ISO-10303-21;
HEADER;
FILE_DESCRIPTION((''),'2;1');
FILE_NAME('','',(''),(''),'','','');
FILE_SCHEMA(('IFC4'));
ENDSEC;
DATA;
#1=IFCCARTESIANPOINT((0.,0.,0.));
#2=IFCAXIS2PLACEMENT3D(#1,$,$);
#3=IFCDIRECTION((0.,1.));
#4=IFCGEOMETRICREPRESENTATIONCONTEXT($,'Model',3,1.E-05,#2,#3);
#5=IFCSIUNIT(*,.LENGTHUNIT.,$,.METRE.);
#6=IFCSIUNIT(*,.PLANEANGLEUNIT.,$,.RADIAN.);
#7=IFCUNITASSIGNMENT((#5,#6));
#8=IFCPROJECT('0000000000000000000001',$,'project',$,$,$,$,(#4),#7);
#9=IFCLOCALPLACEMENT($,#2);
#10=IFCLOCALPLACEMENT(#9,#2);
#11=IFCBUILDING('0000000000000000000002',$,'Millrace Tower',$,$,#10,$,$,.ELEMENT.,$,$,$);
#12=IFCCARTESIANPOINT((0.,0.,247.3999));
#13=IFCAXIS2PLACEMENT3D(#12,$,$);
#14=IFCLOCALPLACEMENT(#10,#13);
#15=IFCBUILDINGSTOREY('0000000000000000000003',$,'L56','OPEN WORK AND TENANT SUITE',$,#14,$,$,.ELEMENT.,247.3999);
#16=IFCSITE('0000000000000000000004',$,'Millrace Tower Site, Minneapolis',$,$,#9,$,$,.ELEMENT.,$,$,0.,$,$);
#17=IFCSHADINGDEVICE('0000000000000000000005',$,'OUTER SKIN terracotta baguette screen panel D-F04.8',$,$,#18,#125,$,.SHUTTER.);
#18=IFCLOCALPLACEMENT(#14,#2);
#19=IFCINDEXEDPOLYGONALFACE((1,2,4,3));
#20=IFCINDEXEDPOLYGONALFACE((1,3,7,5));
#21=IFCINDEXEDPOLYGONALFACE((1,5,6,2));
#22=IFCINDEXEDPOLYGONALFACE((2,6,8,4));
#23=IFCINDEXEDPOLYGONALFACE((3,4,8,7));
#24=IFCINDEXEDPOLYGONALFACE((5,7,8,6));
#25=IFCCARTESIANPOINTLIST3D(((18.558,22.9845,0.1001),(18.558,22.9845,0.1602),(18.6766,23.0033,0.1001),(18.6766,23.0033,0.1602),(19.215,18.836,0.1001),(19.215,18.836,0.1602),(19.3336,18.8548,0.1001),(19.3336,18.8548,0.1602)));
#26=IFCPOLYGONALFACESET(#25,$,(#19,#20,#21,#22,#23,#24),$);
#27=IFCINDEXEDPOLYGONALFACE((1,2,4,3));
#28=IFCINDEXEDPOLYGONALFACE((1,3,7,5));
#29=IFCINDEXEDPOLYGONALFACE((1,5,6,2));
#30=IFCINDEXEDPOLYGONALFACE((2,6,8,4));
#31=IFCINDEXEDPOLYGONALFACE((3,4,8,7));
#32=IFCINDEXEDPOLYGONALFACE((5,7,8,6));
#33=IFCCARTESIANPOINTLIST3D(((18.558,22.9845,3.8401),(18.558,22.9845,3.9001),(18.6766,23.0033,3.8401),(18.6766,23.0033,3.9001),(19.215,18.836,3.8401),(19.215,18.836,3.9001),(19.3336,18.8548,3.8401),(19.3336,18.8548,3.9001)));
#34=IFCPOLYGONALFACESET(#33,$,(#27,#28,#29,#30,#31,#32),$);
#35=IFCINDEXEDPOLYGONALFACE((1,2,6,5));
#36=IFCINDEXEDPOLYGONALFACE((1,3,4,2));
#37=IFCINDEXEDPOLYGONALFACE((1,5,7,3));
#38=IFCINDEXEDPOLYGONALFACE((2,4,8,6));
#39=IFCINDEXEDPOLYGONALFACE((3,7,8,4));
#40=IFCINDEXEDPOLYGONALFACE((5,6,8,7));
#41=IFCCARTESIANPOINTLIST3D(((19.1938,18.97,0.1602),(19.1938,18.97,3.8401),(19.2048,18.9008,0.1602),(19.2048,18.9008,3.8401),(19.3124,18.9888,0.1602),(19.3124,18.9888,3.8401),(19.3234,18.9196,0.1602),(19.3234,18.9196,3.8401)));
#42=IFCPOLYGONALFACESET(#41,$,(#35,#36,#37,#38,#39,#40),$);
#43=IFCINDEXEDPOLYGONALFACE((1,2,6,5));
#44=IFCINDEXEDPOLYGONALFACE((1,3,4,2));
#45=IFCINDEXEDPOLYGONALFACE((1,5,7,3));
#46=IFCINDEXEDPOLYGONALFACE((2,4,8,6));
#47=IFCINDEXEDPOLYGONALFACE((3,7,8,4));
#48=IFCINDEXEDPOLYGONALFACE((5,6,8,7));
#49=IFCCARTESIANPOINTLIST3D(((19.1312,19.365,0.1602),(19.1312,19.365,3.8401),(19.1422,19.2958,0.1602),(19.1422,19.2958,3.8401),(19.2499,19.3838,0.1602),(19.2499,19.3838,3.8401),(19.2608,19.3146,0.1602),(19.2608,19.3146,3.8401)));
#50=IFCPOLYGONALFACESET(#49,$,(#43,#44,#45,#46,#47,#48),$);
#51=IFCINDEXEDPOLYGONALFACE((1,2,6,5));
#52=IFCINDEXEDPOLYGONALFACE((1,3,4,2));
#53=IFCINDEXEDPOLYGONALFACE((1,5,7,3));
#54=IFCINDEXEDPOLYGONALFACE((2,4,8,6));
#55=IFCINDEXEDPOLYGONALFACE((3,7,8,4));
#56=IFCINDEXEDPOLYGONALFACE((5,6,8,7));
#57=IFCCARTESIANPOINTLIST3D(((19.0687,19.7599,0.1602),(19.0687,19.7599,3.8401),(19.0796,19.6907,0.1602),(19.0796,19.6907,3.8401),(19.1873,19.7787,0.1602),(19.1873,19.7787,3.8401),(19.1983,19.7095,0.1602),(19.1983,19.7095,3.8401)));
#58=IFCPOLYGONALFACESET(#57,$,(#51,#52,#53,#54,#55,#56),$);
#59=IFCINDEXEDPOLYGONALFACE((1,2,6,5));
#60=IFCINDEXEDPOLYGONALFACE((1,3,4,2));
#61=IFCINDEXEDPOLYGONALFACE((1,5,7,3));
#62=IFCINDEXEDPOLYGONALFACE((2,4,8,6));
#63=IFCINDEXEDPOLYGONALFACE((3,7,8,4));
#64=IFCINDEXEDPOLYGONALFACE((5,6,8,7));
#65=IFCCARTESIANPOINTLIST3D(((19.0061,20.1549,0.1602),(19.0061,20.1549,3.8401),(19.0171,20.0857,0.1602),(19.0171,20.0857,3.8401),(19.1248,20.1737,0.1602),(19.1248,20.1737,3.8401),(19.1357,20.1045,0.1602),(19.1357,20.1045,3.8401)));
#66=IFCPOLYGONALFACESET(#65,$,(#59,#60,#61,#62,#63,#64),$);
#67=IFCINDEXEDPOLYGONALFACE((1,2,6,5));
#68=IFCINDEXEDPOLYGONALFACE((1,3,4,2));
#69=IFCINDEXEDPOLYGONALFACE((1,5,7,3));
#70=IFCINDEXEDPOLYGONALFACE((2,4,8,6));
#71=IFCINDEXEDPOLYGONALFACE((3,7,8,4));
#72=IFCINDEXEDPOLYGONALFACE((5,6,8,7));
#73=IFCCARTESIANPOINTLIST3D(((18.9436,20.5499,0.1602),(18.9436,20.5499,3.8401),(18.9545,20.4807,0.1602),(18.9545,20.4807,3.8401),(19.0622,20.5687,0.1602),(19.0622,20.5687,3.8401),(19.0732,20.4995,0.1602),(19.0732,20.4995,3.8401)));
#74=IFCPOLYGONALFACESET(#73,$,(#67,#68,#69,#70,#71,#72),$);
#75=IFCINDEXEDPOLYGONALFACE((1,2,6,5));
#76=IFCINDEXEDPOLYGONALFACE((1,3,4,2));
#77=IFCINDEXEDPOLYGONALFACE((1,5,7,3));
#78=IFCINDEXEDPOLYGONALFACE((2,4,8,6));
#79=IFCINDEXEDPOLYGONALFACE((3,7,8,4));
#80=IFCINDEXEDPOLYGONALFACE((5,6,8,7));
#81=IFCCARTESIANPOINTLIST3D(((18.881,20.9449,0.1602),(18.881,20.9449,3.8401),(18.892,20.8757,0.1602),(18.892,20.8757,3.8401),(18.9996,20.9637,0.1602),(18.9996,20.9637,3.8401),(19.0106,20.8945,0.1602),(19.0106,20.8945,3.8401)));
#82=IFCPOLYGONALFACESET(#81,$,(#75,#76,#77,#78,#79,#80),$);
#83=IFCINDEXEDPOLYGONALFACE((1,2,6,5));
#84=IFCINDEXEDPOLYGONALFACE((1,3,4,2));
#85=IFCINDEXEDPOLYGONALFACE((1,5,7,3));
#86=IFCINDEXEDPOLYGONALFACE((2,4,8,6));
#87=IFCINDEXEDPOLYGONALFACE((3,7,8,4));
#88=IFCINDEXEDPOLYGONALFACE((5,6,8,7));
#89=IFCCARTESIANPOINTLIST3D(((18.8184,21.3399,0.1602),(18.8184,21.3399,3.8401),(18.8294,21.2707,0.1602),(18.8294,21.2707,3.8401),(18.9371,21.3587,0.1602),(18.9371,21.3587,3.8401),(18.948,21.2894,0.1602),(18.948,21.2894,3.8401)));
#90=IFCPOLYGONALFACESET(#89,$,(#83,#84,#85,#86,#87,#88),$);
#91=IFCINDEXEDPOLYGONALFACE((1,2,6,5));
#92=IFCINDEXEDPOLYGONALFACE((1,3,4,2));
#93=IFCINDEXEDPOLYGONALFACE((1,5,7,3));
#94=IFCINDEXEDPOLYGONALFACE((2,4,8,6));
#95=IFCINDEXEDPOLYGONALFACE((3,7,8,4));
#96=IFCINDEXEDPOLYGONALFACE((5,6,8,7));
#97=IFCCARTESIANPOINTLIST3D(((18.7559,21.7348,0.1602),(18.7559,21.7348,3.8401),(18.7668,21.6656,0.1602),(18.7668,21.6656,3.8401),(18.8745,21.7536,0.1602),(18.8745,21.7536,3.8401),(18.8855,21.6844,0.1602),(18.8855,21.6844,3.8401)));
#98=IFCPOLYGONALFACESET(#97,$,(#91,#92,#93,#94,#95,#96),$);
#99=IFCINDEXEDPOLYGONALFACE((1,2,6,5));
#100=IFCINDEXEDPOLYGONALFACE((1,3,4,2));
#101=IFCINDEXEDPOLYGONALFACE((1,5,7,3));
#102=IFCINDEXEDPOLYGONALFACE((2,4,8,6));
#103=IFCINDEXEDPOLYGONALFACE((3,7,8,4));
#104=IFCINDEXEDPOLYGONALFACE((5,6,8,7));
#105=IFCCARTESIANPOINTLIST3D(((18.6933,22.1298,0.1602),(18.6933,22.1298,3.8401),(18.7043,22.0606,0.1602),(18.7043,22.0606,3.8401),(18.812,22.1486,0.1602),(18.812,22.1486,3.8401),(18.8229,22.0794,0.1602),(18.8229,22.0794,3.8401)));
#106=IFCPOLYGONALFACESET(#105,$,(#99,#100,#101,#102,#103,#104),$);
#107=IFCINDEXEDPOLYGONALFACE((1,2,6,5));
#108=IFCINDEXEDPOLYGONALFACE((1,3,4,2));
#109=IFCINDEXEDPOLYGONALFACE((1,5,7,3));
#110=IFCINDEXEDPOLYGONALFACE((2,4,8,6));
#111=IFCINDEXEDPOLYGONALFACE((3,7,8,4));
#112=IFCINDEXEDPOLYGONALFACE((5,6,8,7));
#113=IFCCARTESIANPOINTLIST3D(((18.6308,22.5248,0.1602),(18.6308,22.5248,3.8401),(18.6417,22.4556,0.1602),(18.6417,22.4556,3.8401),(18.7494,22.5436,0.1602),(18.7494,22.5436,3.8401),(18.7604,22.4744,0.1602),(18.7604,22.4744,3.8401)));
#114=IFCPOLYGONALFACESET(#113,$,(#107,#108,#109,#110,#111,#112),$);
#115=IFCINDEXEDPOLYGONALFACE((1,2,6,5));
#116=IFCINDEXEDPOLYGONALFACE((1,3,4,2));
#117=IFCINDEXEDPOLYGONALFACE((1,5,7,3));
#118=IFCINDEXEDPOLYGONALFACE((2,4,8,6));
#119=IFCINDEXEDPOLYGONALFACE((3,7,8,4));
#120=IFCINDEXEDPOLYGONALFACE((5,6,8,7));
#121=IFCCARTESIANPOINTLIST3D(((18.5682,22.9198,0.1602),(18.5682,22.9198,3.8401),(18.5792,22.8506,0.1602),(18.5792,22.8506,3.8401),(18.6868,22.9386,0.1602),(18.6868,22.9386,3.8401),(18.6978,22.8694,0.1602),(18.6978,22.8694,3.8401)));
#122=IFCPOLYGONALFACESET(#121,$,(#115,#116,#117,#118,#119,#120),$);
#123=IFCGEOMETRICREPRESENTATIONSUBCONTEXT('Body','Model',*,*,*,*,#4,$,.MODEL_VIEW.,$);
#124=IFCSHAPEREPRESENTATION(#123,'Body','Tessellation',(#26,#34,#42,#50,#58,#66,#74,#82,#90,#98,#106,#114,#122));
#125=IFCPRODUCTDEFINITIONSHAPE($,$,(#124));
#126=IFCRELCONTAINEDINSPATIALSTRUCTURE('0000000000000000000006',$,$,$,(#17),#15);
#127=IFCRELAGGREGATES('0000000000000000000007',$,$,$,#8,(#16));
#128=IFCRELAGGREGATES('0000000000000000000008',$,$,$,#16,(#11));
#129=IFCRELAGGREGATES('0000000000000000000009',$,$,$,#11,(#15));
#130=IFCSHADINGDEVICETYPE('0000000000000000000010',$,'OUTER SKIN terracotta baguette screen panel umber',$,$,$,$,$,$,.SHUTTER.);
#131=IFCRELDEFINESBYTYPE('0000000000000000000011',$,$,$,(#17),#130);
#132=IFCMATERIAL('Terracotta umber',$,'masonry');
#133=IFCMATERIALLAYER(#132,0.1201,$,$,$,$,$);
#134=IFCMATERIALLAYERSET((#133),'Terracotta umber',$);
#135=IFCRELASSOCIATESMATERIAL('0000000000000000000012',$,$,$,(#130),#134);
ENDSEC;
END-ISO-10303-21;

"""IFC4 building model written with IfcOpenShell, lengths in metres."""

from ifc_helpers import new_model, entity, si_unit, direction, frame, frame_2d, origin, origin_2d, place, context, subcontext, project, spatial, rectangle, extrude, source, transform, mapped, material, layer, layer_set, type_object, element, save


model = new_model("IFC4")

# Units and contexts
model_context = context("Model", 3, precision=1e-05, world=origin(), true_north=direction((0.0, 1.0)))
body_context = subcontext(model_context, "Body", "Model", "MODEL_VIEW")
ifc_project = project(units=[si_unit("LENGTHUNIT", "METRE"), si_unit("PLANEANGLEUNIT", "RADIAN")], contexts=[model_context])

# Site, building, storey
site_placement = place(None, origin())
site = spatial("IfcSite", under=ifc_project, at=site_placement, Name="Millrace Tower Site, Minneapolis", CompositionType="ELEMENT", RefElevation=0.0)
building_placement = place(site_placement, origin())
building = spatial("IfcBuilding", under=site, at=building_placement, Name="Millrace Tower", CompositionType="ELEMENT")
storey_placement = place(building_placement, frame((0.0, 0.0, 247.3999)))
storey = spatial("IfcBuildingStorey", under=building, at=storey_placement, Name="L56", Description="OPEN WORK AND TENANT SUITE", CompositionType="ELEMENT", Elevation=247.3999)

# Shading device
ifc_material_1 = material(Name="Terracotta umber", Category="masonry")
ifc_layer_1 = layer(ifc_material_1, 0.1201)
ifc_layer_set_1 = layer_set([ifc_layer_1], Name="Terracotta umber")
shading_device_type = type_object("IfcShadingDeviceType", Name="OUTER SKIN terracotta baguette screen panel umber", PredefinedType="SHUTTER", material=ifc_layer_set_1)
cartesian_point_1 = entity("IfcCartesianPoint", [-2.1001, 0.0601])
shared_polyline_1 = entity("IfcPolyline", [cartesian_point_1, entity("IfcCartesianPoint", [2.1001, 0.0601]), entity("IfcCartesianPoint", [2.1001, -0.0601]), entity("IfcCartesianPoint", [-2.1001, -0.0601]), cartesian_point_1])
shared_shape_1 = source(origin(), body_context, "Body", "SweptSolid", [
    entity("IfcExtrudedAreaSolid", entity("IfcArbitraryClosedProfileDef", "AREA", None, shared_polyline_1), entity("IfcAxis2Placement3D", entity("IfcCartesianPoint", [0.0, 0.0, 0.0])), entity("IfcDirection", [0.0, 0.0, 1.0]), 0.0601),
    entity("IfcExtrudedAreaSolid", entity("IfcArbitraryClosedProfileDef", "AREA", None, shared_polyline_1), entity("IfcAxis2Placement3D", entity("IfcCartesianPoint", [0.0, 0.0, 3.74])), entity("IfcDirection", [0.0, 0.0, 1.0]), 0.0601),
    extrude(rectangle(XDim=0.0701, YDim=0.1201, at=frame_2d((-1.9995, 0.0))), frame((0.0, 0.0, 0.0601)), (0.0, 0.0, 1.0), 3.6799),
    extrude(rectangle(XDim=0.0701, YDim=0.1201, at=frame_2d((-1.5996, 0.0))), frame((0.0, 0.0, 0.0601)), (0.0, 0.0, 1.0), 3.6799),
    extrude(rectangle(XDim=0.0701, YDim=0.1201, at=frame_2d((-1.1997, 0.0))), frame((0.0, 0.0, 0.0601)), (0.0, 0.0, 1.0), 3.6799),
    extrude(rectangle(XDim=0.0701, YDim=0.1201, at=frame_2d((-0.7998, 0.0))), frame((0.0, 0.0, 0.0601)), (0.0, 0.0, 1.0), 3.6799),
    extrude(rectangle(XDim=0.0701, YDim=0.1201, at=frame_2d((-0.3999, 0.0))), frame((0.0, 0.0, 0.0601)), (0.0, 0.0, 1.0), 3.6799),
    extrude(rectangle(XDim=0.0701, YDim=0.1201, at=origin_2d()), frame((0.0, 0.0, 0.0601)), (0.0, 0.0, 1.0), 3.6799),
    extrude(rectangle(XDim=0.0701, YDim=0.1201, at=frame_2d((0.3999, 0.0))), frame((0.0, 0.0, 0.0601)), (0.0, 0.0, 1.0), 3.6799),
    extrude(rectangle(XDim=0.0701, YDim=0.1201, at=frame_2d((0.7998, 0.0))), frame((0.0, 0.0, 0.0601)), (0.0, 0.0, 1.0), 3.6799),
    extrude(rectangle(XDim=0.0701, YDim=0.1201, at=frame_2d((1.1997, 0.0))), frame((0.0, 0.0, 0.0601)), (0.0, 0.0, 1.0), 3.6799),
    extrude(rectangle(XDim=0.0701, YDim=0.1201, at=frame_2d((1.5996, 0.0))), frame((0.0, 0.0, 0.0601)), (0.0, 0.0, 1.0), 3.6799),
    extrude(rectangle(XDim=0.0701, YDim=0.1201, at=frame_2d((1.9995, 0.0))), frame((0.0, 0.0, 0.0601)), (0.0, 0.0, 1.0), 3.6799),
])
for number, where, z_axis, x_axis, name in (
    (1, (18.9458, 20.9197, 0.1001), (0.0, 0.0, 1.0), (-0.156434, 0.987688, 0.0), "OUTER SKIN terracotta baguette screen panel D-F04.8"),
):
    element("IfcShadingDevice", number, at=place(storey_placement, frame(where, z_axis=z_axis, x_axis=x_axis)), inside=storey, type_object=shading_device_type, Name=name, PredefinedType="SHUTTER", context=body_context, shape_type="MappedRepresentation", body=[
        mapped(shared_shape_1, transform((0.0, 0.0, 0.0), scale=1.0)),
    ])

save(model, "model.ifc")
